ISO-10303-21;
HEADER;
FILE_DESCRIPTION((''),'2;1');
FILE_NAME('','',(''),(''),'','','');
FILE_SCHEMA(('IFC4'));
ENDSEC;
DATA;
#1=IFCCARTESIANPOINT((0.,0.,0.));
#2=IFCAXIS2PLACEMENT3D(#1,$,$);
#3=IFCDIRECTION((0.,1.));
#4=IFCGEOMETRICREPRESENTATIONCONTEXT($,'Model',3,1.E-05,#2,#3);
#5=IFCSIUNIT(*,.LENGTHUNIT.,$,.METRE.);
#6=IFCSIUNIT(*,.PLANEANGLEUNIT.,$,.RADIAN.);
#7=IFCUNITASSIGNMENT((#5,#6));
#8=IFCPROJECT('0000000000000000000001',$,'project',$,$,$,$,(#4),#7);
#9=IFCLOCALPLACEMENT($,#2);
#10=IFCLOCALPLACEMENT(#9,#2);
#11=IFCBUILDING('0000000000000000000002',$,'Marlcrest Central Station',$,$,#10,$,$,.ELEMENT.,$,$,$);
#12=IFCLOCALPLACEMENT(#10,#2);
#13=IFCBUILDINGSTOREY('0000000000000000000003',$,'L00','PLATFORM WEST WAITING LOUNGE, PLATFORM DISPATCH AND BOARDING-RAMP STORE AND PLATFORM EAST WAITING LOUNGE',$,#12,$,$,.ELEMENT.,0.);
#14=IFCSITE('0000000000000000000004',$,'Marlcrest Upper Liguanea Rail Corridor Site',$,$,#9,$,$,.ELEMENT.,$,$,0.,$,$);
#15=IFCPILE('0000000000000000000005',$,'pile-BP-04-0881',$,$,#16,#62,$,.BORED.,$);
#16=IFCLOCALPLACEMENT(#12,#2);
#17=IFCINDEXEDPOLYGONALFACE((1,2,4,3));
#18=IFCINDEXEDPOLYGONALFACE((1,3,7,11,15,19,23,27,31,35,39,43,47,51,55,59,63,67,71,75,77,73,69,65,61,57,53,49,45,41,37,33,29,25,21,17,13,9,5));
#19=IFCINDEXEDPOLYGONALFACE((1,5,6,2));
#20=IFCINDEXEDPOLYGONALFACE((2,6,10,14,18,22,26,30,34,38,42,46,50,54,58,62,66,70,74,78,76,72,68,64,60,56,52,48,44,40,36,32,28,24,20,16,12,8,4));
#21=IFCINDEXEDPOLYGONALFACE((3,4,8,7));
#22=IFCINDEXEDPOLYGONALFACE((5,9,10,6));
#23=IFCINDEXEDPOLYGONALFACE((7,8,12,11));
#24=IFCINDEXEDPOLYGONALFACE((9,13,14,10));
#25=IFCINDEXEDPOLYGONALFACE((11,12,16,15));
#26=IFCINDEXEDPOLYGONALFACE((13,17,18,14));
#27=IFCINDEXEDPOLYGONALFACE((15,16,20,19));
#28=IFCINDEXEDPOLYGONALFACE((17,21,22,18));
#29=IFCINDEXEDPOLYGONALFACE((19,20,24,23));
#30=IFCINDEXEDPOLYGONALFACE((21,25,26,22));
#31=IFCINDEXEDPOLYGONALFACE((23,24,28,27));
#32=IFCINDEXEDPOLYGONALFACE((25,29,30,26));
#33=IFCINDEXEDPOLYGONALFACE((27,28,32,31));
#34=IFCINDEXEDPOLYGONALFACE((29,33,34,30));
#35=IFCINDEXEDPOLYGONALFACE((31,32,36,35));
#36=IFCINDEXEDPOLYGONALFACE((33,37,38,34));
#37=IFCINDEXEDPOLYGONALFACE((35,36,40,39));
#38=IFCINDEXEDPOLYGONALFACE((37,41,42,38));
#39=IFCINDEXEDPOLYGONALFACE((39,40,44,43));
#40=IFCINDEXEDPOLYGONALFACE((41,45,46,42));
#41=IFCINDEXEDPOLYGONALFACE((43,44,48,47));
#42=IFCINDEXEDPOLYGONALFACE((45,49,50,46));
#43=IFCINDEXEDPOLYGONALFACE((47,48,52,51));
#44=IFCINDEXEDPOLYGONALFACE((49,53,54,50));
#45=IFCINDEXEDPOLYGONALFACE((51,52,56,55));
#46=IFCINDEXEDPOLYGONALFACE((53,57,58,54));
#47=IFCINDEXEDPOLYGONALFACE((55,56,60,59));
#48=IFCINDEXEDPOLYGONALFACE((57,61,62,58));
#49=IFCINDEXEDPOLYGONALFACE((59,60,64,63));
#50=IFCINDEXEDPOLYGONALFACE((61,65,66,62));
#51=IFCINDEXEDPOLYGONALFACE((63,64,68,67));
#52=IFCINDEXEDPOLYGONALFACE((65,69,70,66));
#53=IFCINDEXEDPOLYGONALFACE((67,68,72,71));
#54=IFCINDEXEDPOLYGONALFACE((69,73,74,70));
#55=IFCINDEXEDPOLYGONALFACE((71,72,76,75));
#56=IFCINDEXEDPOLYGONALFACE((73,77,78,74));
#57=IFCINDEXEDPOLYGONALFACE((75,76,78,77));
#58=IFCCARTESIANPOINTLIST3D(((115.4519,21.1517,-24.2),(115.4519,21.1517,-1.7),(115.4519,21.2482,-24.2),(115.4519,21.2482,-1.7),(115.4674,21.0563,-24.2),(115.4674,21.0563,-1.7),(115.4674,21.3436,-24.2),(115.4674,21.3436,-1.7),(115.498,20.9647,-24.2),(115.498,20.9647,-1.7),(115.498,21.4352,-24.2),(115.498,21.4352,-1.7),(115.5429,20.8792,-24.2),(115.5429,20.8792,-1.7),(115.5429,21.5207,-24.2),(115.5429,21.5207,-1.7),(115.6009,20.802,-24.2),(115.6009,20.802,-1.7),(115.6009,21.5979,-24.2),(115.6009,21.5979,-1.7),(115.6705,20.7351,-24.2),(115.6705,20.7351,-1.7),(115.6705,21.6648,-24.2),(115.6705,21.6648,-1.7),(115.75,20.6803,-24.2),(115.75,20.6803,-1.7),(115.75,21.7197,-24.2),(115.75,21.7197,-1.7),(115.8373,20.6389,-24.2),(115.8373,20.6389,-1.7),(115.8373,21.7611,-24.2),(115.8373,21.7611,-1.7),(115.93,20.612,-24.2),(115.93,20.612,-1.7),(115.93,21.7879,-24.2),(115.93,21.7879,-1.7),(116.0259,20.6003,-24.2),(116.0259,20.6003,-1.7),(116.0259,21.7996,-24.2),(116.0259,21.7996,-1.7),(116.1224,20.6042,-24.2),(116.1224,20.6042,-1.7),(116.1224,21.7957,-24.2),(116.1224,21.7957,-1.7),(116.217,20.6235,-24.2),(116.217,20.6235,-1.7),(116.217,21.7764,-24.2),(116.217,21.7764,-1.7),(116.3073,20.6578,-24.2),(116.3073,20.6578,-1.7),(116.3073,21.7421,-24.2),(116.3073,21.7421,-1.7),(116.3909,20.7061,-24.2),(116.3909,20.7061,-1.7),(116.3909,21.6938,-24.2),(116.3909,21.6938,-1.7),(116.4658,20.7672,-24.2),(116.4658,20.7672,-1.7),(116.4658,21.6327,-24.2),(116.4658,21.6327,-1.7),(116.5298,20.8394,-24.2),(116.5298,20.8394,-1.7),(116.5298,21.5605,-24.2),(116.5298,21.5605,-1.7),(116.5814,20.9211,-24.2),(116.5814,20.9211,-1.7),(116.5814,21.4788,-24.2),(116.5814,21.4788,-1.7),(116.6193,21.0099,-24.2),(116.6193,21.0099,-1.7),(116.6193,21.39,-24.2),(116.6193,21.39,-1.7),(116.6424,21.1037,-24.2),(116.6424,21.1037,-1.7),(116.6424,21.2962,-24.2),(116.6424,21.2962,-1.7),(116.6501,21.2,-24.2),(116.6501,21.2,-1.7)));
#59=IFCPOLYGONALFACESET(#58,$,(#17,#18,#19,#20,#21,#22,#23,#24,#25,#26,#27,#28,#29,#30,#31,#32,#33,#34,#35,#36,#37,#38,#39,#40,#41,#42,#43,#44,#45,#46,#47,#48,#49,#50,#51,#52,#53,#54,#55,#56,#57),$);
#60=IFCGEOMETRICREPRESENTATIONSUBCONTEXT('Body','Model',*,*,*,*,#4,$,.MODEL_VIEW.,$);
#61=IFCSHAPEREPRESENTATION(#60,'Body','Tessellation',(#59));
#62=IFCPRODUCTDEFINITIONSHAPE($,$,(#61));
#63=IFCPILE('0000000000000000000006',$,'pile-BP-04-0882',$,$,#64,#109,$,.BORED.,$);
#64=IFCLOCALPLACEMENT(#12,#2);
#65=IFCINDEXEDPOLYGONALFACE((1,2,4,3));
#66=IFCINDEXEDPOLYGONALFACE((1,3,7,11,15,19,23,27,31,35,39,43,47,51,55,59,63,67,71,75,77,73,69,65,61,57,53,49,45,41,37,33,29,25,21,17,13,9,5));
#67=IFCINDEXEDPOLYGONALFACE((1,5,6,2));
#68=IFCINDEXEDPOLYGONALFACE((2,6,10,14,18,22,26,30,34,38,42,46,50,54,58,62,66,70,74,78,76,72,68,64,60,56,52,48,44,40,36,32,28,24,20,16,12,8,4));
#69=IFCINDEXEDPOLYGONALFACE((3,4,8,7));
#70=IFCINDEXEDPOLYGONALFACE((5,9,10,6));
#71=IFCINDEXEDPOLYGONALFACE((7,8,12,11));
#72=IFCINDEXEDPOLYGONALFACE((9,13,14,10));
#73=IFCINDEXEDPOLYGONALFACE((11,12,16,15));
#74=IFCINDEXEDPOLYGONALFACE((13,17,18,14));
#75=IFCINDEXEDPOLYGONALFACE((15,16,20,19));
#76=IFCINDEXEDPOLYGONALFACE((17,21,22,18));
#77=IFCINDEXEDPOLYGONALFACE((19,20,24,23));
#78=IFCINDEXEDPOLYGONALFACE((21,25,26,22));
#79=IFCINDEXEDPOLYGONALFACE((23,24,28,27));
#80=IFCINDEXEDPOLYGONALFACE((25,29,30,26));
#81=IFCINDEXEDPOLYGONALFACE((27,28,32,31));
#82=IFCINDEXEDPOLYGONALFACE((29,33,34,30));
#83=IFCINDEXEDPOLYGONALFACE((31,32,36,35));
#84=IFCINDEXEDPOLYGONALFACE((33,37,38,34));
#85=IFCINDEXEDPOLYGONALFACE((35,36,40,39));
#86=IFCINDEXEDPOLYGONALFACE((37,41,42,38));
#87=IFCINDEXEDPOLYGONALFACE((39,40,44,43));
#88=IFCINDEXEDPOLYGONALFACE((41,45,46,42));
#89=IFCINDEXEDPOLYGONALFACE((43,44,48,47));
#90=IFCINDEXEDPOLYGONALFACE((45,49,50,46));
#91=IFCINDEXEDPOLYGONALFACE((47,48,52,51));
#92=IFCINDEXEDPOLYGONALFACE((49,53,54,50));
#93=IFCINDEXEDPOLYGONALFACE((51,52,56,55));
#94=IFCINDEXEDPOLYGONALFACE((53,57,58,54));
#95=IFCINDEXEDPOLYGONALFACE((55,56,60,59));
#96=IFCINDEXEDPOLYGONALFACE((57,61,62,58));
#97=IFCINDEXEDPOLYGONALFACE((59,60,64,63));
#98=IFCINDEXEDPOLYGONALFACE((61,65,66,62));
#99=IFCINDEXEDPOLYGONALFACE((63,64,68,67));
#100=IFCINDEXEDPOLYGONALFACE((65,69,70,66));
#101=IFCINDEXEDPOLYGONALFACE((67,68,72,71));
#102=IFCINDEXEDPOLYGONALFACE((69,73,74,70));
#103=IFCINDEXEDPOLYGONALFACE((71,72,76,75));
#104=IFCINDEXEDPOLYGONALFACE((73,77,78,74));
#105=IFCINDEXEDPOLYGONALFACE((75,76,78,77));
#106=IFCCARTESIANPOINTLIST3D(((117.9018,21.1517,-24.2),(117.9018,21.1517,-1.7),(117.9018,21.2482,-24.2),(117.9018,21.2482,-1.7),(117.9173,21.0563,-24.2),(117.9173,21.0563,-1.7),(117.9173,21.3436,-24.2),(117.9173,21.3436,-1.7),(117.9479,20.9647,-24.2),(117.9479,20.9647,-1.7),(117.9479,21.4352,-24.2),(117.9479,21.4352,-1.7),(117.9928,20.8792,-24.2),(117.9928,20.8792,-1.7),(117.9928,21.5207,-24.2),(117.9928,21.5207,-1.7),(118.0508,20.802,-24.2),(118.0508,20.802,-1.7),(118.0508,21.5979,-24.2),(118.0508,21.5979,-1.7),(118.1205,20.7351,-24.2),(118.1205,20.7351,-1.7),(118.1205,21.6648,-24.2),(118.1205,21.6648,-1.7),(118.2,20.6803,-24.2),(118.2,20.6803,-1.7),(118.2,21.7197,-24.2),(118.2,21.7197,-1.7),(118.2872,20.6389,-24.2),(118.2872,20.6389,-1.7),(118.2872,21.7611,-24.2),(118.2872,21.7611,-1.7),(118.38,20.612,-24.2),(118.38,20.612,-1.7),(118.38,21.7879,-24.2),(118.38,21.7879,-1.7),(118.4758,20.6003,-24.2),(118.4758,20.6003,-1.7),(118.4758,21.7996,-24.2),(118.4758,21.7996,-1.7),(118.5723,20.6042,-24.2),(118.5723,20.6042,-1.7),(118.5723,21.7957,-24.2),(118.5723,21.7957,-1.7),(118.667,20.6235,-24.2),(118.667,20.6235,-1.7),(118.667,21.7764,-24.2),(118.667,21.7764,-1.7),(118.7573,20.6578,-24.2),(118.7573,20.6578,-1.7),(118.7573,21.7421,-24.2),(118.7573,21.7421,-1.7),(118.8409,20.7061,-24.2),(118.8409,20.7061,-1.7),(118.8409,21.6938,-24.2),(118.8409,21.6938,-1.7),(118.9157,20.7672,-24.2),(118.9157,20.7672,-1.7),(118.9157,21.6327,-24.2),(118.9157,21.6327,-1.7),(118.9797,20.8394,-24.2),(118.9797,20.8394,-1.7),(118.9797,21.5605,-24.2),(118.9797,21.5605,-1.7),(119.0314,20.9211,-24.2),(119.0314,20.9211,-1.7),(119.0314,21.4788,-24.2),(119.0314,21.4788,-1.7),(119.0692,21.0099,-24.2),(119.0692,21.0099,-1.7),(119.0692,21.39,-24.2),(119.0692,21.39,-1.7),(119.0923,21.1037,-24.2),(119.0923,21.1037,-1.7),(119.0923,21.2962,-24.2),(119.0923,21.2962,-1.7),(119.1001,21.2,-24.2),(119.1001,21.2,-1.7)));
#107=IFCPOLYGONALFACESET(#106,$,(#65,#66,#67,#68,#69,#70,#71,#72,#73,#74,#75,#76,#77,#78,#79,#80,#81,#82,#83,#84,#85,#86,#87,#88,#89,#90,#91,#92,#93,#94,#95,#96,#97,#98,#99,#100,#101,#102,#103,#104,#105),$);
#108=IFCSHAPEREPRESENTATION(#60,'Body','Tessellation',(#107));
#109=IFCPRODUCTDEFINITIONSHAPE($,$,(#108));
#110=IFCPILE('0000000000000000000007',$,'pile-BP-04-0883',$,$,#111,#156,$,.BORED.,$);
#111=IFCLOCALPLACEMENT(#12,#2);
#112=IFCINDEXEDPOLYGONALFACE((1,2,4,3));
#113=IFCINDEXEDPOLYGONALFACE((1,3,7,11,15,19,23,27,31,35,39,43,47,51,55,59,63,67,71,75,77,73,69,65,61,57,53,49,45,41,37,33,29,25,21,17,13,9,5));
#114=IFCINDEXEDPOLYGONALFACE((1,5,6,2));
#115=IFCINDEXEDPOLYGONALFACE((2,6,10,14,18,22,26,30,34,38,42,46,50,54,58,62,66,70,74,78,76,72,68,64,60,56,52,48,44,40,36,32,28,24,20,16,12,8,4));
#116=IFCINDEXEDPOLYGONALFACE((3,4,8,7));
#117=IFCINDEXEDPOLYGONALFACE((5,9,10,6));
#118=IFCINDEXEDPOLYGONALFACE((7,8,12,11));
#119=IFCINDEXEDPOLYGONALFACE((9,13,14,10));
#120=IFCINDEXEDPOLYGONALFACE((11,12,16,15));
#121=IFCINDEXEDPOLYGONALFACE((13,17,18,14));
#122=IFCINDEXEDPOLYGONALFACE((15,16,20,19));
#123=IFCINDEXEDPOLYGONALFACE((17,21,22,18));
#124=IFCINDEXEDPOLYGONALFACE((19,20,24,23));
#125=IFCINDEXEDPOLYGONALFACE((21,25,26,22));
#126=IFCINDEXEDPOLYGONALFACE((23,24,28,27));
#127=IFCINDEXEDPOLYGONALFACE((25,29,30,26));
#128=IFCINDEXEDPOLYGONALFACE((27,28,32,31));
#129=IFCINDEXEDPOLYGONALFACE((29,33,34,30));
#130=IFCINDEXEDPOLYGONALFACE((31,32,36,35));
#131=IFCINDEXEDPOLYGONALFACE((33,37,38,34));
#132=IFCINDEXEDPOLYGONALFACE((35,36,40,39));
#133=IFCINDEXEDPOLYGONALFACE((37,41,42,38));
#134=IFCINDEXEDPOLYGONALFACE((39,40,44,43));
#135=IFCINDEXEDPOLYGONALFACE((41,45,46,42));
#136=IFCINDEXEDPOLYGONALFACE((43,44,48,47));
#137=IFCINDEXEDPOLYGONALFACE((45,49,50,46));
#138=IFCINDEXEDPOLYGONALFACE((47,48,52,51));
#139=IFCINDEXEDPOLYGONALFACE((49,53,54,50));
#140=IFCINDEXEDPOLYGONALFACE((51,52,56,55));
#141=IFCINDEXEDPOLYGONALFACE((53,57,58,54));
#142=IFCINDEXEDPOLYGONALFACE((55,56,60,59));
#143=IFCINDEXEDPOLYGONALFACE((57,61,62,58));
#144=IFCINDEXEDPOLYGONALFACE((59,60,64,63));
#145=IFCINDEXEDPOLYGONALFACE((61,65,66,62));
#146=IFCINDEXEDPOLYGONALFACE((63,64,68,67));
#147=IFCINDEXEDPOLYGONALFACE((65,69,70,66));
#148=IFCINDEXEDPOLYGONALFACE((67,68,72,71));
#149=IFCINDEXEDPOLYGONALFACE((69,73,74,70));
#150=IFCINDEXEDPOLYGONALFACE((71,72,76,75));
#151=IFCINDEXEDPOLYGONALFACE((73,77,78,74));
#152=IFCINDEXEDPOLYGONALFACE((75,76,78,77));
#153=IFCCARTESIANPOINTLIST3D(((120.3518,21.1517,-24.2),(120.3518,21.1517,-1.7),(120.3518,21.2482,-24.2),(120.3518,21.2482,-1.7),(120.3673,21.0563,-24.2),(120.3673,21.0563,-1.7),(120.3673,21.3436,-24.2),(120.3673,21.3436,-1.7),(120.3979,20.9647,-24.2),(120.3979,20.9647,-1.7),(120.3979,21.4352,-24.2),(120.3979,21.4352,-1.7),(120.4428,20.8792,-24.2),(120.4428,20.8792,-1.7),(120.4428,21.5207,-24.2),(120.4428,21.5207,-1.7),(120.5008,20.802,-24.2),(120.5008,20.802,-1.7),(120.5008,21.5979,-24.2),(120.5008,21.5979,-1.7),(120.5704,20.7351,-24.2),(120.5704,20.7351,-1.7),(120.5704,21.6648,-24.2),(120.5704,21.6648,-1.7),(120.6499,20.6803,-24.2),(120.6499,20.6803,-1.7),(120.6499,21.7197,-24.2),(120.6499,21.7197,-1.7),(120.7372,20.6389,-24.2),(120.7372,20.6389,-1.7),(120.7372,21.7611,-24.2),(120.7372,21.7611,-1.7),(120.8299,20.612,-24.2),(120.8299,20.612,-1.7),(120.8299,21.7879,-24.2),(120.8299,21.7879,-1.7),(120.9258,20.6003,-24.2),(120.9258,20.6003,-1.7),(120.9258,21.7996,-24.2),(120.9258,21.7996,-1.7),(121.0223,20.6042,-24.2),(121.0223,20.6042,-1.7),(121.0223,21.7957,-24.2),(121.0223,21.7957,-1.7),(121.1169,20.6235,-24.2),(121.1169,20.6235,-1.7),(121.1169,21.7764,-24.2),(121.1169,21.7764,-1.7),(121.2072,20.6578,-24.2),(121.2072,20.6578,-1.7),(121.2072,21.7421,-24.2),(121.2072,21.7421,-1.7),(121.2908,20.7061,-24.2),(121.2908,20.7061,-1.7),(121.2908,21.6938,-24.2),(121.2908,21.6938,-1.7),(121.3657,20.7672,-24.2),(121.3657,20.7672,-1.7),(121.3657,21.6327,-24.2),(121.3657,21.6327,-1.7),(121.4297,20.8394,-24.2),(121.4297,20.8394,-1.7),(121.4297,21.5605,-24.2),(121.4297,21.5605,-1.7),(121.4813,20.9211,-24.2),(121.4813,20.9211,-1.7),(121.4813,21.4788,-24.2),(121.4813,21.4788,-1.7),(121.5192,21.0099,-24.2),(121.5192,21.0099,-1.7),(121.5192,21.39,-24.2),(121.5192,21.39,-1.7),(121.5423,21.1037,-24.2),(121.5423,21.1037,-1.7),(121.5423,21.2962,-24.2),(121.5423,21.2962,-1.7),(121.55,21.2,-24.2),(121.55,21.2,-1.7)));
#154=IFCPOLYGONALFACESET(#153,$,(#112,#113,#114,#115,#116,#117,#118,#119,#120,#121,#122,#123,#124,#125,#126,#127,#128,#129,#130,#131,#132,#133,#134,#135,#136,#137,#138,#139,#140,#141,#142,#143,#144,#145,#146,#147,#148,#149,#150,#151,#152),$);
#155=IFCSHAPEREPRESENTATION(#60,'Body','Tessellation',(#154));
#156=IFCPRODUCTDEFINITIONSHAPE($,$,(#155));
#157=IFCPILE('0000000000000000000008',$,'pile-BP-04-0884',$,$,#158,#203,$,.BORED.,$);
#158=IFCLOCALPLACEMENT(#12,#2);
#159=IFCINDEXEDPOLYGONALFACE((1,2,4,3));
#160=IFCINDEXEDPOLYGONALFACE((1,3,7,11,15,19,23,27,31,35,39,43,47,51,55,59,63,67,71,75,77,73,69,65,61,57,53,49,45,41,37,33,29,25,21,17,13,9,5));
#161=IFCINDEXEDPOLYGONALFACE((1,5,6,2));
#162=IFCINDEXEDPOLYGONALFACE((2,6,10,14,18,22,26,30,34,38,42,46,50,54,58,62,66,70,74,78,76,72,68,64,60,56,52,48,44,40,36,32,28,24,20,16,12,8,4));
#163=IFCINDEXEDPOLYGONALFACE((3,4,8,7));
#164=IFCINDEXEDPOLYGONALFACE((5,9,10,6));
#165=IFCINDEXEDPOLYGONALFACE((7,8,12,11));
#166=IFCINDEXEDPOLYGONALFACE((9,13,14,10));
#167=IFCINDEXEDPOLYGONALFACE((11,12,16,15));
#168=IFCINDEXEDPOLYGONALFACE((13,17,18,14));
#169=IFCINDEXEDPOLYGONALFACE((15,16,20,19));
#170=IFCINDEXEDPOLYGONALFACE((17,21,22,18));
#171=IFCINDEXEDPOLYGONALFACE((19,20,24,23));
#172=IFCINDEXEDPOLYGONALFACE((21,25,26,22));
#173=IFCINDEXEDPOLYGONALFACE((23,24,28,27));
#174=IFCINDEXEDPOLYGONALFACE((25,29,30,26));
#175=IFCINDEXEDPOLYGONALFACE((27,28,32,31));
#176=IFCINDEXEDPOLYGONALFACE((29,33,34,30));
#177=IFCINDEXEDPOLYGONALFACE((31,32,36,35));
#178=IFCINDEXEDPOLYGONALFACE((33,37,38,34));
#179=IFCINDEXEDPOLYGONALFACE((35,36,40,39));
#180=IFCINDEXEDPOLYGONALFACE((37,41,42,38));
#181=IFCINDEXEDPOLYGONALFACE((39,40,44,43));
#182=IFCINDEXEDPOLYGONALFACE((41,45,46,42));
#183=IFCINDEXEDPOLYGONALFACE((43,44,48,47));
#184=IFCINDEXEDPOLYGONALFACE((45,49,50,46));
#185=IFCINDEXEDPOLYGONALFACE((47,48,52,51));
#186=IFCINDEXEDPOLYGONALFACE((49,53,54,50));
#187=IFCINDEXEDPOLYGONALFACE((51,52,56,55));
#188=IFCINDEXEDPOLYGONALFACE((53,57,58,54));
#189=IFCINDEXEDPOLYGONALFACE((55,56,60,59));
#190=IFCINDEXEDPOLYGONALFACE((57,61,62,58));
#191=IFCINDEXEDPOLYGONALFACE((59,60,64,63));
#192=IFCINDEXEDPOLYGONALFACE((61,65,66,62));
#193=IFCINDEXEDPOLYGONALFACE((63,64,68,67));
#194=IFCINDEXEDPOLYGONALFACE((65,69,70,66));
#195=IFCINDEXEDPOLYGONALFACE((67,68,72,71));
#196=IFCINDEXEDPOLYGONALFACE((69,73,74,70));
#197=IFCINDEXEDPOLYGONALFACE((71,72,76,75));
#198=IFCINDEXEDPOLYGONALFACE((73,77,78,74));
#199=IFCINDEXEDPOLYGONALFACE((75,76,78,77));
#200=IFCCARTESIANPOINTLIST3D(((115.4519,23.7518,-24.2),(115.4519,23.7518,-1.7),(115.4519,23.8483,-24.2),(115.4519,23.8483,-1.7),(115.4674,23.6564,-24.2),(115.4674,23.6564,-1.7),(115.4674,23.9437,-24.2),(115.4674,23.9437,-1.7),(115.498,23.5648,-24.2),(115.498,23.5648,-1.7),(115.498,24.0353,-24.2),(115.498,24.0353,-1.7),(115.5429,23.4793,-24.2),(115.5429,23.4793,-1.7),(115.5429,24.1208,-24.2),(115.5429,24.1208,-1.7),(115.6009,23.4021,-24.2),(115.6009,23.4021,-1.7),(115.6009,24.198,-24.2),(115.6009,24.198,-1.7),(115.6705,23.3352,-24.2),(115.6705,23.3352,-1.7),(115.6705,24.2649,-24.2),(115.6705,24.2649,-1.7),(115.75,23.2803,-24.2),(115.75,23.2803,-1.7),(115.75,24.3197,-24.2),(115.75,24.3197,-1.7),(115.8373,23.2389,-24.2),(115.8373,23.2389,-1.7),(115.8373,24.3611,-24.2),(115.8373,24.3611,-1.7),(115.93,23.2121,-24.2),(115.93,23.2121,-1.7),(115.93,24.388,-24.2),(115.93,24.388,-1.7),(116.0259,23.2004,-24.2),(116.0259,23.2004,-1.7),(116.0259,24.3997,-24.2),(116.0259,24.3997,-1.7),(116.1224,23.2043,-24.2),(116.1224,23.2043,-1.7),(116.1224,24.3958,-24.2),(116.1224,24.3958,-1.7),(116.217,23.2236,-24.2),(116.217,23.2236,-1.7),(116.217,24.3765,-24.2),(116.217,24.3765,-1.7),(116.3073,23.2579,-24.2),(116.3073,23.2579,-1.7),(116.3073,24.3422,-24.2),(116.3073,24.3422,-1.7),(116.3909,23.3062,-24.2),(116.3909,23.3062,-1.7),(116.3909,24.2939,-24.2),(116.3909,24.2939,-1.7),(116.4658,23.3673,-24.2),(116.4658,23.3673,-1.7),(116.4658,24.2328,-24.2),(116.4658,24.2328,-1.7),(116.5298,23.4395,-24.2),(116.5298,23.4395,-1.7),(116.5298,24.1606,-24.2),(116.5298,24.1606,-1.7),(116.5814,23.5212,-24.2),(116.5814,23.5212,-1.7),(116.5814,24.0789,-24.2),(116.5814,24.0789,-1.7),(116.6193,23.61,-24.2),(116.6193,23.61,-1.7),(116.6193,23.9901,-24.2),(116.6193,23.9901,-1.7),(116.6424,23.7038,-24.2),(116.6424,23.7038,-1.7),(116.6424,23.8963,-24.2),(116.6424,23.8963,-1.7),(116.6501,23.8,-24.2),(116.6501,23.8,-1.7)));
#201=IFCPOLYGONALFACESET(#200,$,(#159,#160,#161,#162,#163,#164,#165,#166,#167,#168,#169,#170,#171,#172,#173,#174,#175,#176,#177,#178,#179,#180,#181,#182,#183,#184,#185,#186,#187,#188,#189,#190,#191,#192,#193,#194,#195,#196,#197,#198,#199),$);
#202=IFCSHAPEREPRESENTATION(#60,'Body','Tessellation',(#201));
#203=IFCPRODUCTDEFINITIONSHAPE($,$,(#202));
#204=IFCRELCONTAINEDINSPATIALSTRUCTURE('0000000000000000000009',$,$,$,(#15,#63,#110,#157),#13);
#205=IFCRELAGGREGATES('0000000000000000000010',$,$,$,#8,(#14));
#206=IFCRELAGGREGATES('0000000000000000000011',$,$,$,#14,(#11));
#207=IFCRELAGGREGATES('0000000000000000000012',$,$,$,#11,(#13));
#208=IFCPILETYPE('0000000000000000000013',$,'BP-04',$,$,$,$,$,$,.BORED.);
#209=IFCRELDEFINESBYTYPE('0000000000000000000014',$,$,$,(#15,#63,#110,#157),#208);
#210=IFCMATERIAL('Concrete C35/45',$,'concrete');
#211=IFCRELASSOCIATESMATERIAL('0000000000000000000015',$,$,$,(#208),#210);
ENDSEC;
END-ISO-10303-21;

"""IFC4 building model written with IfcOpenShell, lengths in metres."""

from ifc_helpers import new_model, si_unit, direction, frame, origin, origin_2d, place, context, subcontext, project, spatial, circle, extrude, material, material_profile, profile_set, type_object, element, save


model = new_model("IFC4")

# Units and contexts
model_context = context("Model", 3, precision=1e-05, world=origin(), true_north=direction((0.0, 1.0)))
body_context = subcontext(model_context, "Body", "Model", "MODEL_VIEW")
ifc_project = project(units=[si_unit("LENGTHUNIT", "METRE"), si_unit("PLANEANGLEUNIT", "RADIAN")], contexts=[model_context])

# Site, building, storey
site_placement = place(None, origin())
site = spatial("IfcSite", under=ifc_project, at=site_placement, Name="Marlcrest Upper Liguanea Rail Corridor Site", CompositionType="ELEMENT", RefElevation=0.0)
building_placement = place(site_placement, origin())
building = spatial("IfcBuilding", under=site, at=building_placement, Name="Marlcrest Central Station", CompositionType="ELEMENT")
storey_placement = place(building_placement, origin())
storey = spatial("IfcBuildingStorey", under=building, at=storey_placement, Name="L00", Description="PLATFORM WEST WAITING LOUNGE, PLATFORM DISPATCH AND BOARDING-RAMP STORE AND PLATFORM EAST WAITING LOUNGE", CompositionType="ELEMENT", Elevation=0.0)

# Piles
ifc_material_1 = material(Name="Concrete C35/45", Category="concrete")
ifc_material_profile_1 = material_profile(ifc_material_1, circle(Radius=0.6001, at=origin_2d()), Name="PILE D1200")
ifc_profile_set_1 = profile_set([ifc_material_profile_1], Name="Concrete C35/45")
pile_type = type_object("IfcPileType", Name="BP-04", PredefinedType="BORED", material=ifc_profile_set_1)
for number, where, z_axis, x_axis, name in (
    (1, (116.05, 21.2, -1.7), (0.0, 0.0, -1.0), (1.0, 0.0, 0.0), "pile-BP-04-0881"),
    (2, (118.5, 21.2, -1.7), (0.0, 0.0, -1.0), (1.0, 0.0, 0.0), "pile-BP-04-0882"),
    (3, (120.95, 21.2, -1.7), (0.0, 0.0, -1.0), (1.0, 0.0, 0.0), "pile-BP-04-0883"),
    (4, (116.05, 23.8, -1.7), (0.0, 0.0, -1.0), (1.0, 0.0, 0.0), "pile-BP-04-0884"),
):
    element("IfcPile", number, at=place(storey_placement, frame(where, z_axis=z_axis, x_axis=x_axis)), inside=storey, type_object=pile_type, Name=name, PredefinedType="BORED", context=body_context, shape_type="SweptSolid", body=[
        extrude(circle(Radius=0.6001, at=origin_2d()), origin(), (0.0, 0.0, 1.0), 22.5),
    ])

save(model, "model.ifc")
